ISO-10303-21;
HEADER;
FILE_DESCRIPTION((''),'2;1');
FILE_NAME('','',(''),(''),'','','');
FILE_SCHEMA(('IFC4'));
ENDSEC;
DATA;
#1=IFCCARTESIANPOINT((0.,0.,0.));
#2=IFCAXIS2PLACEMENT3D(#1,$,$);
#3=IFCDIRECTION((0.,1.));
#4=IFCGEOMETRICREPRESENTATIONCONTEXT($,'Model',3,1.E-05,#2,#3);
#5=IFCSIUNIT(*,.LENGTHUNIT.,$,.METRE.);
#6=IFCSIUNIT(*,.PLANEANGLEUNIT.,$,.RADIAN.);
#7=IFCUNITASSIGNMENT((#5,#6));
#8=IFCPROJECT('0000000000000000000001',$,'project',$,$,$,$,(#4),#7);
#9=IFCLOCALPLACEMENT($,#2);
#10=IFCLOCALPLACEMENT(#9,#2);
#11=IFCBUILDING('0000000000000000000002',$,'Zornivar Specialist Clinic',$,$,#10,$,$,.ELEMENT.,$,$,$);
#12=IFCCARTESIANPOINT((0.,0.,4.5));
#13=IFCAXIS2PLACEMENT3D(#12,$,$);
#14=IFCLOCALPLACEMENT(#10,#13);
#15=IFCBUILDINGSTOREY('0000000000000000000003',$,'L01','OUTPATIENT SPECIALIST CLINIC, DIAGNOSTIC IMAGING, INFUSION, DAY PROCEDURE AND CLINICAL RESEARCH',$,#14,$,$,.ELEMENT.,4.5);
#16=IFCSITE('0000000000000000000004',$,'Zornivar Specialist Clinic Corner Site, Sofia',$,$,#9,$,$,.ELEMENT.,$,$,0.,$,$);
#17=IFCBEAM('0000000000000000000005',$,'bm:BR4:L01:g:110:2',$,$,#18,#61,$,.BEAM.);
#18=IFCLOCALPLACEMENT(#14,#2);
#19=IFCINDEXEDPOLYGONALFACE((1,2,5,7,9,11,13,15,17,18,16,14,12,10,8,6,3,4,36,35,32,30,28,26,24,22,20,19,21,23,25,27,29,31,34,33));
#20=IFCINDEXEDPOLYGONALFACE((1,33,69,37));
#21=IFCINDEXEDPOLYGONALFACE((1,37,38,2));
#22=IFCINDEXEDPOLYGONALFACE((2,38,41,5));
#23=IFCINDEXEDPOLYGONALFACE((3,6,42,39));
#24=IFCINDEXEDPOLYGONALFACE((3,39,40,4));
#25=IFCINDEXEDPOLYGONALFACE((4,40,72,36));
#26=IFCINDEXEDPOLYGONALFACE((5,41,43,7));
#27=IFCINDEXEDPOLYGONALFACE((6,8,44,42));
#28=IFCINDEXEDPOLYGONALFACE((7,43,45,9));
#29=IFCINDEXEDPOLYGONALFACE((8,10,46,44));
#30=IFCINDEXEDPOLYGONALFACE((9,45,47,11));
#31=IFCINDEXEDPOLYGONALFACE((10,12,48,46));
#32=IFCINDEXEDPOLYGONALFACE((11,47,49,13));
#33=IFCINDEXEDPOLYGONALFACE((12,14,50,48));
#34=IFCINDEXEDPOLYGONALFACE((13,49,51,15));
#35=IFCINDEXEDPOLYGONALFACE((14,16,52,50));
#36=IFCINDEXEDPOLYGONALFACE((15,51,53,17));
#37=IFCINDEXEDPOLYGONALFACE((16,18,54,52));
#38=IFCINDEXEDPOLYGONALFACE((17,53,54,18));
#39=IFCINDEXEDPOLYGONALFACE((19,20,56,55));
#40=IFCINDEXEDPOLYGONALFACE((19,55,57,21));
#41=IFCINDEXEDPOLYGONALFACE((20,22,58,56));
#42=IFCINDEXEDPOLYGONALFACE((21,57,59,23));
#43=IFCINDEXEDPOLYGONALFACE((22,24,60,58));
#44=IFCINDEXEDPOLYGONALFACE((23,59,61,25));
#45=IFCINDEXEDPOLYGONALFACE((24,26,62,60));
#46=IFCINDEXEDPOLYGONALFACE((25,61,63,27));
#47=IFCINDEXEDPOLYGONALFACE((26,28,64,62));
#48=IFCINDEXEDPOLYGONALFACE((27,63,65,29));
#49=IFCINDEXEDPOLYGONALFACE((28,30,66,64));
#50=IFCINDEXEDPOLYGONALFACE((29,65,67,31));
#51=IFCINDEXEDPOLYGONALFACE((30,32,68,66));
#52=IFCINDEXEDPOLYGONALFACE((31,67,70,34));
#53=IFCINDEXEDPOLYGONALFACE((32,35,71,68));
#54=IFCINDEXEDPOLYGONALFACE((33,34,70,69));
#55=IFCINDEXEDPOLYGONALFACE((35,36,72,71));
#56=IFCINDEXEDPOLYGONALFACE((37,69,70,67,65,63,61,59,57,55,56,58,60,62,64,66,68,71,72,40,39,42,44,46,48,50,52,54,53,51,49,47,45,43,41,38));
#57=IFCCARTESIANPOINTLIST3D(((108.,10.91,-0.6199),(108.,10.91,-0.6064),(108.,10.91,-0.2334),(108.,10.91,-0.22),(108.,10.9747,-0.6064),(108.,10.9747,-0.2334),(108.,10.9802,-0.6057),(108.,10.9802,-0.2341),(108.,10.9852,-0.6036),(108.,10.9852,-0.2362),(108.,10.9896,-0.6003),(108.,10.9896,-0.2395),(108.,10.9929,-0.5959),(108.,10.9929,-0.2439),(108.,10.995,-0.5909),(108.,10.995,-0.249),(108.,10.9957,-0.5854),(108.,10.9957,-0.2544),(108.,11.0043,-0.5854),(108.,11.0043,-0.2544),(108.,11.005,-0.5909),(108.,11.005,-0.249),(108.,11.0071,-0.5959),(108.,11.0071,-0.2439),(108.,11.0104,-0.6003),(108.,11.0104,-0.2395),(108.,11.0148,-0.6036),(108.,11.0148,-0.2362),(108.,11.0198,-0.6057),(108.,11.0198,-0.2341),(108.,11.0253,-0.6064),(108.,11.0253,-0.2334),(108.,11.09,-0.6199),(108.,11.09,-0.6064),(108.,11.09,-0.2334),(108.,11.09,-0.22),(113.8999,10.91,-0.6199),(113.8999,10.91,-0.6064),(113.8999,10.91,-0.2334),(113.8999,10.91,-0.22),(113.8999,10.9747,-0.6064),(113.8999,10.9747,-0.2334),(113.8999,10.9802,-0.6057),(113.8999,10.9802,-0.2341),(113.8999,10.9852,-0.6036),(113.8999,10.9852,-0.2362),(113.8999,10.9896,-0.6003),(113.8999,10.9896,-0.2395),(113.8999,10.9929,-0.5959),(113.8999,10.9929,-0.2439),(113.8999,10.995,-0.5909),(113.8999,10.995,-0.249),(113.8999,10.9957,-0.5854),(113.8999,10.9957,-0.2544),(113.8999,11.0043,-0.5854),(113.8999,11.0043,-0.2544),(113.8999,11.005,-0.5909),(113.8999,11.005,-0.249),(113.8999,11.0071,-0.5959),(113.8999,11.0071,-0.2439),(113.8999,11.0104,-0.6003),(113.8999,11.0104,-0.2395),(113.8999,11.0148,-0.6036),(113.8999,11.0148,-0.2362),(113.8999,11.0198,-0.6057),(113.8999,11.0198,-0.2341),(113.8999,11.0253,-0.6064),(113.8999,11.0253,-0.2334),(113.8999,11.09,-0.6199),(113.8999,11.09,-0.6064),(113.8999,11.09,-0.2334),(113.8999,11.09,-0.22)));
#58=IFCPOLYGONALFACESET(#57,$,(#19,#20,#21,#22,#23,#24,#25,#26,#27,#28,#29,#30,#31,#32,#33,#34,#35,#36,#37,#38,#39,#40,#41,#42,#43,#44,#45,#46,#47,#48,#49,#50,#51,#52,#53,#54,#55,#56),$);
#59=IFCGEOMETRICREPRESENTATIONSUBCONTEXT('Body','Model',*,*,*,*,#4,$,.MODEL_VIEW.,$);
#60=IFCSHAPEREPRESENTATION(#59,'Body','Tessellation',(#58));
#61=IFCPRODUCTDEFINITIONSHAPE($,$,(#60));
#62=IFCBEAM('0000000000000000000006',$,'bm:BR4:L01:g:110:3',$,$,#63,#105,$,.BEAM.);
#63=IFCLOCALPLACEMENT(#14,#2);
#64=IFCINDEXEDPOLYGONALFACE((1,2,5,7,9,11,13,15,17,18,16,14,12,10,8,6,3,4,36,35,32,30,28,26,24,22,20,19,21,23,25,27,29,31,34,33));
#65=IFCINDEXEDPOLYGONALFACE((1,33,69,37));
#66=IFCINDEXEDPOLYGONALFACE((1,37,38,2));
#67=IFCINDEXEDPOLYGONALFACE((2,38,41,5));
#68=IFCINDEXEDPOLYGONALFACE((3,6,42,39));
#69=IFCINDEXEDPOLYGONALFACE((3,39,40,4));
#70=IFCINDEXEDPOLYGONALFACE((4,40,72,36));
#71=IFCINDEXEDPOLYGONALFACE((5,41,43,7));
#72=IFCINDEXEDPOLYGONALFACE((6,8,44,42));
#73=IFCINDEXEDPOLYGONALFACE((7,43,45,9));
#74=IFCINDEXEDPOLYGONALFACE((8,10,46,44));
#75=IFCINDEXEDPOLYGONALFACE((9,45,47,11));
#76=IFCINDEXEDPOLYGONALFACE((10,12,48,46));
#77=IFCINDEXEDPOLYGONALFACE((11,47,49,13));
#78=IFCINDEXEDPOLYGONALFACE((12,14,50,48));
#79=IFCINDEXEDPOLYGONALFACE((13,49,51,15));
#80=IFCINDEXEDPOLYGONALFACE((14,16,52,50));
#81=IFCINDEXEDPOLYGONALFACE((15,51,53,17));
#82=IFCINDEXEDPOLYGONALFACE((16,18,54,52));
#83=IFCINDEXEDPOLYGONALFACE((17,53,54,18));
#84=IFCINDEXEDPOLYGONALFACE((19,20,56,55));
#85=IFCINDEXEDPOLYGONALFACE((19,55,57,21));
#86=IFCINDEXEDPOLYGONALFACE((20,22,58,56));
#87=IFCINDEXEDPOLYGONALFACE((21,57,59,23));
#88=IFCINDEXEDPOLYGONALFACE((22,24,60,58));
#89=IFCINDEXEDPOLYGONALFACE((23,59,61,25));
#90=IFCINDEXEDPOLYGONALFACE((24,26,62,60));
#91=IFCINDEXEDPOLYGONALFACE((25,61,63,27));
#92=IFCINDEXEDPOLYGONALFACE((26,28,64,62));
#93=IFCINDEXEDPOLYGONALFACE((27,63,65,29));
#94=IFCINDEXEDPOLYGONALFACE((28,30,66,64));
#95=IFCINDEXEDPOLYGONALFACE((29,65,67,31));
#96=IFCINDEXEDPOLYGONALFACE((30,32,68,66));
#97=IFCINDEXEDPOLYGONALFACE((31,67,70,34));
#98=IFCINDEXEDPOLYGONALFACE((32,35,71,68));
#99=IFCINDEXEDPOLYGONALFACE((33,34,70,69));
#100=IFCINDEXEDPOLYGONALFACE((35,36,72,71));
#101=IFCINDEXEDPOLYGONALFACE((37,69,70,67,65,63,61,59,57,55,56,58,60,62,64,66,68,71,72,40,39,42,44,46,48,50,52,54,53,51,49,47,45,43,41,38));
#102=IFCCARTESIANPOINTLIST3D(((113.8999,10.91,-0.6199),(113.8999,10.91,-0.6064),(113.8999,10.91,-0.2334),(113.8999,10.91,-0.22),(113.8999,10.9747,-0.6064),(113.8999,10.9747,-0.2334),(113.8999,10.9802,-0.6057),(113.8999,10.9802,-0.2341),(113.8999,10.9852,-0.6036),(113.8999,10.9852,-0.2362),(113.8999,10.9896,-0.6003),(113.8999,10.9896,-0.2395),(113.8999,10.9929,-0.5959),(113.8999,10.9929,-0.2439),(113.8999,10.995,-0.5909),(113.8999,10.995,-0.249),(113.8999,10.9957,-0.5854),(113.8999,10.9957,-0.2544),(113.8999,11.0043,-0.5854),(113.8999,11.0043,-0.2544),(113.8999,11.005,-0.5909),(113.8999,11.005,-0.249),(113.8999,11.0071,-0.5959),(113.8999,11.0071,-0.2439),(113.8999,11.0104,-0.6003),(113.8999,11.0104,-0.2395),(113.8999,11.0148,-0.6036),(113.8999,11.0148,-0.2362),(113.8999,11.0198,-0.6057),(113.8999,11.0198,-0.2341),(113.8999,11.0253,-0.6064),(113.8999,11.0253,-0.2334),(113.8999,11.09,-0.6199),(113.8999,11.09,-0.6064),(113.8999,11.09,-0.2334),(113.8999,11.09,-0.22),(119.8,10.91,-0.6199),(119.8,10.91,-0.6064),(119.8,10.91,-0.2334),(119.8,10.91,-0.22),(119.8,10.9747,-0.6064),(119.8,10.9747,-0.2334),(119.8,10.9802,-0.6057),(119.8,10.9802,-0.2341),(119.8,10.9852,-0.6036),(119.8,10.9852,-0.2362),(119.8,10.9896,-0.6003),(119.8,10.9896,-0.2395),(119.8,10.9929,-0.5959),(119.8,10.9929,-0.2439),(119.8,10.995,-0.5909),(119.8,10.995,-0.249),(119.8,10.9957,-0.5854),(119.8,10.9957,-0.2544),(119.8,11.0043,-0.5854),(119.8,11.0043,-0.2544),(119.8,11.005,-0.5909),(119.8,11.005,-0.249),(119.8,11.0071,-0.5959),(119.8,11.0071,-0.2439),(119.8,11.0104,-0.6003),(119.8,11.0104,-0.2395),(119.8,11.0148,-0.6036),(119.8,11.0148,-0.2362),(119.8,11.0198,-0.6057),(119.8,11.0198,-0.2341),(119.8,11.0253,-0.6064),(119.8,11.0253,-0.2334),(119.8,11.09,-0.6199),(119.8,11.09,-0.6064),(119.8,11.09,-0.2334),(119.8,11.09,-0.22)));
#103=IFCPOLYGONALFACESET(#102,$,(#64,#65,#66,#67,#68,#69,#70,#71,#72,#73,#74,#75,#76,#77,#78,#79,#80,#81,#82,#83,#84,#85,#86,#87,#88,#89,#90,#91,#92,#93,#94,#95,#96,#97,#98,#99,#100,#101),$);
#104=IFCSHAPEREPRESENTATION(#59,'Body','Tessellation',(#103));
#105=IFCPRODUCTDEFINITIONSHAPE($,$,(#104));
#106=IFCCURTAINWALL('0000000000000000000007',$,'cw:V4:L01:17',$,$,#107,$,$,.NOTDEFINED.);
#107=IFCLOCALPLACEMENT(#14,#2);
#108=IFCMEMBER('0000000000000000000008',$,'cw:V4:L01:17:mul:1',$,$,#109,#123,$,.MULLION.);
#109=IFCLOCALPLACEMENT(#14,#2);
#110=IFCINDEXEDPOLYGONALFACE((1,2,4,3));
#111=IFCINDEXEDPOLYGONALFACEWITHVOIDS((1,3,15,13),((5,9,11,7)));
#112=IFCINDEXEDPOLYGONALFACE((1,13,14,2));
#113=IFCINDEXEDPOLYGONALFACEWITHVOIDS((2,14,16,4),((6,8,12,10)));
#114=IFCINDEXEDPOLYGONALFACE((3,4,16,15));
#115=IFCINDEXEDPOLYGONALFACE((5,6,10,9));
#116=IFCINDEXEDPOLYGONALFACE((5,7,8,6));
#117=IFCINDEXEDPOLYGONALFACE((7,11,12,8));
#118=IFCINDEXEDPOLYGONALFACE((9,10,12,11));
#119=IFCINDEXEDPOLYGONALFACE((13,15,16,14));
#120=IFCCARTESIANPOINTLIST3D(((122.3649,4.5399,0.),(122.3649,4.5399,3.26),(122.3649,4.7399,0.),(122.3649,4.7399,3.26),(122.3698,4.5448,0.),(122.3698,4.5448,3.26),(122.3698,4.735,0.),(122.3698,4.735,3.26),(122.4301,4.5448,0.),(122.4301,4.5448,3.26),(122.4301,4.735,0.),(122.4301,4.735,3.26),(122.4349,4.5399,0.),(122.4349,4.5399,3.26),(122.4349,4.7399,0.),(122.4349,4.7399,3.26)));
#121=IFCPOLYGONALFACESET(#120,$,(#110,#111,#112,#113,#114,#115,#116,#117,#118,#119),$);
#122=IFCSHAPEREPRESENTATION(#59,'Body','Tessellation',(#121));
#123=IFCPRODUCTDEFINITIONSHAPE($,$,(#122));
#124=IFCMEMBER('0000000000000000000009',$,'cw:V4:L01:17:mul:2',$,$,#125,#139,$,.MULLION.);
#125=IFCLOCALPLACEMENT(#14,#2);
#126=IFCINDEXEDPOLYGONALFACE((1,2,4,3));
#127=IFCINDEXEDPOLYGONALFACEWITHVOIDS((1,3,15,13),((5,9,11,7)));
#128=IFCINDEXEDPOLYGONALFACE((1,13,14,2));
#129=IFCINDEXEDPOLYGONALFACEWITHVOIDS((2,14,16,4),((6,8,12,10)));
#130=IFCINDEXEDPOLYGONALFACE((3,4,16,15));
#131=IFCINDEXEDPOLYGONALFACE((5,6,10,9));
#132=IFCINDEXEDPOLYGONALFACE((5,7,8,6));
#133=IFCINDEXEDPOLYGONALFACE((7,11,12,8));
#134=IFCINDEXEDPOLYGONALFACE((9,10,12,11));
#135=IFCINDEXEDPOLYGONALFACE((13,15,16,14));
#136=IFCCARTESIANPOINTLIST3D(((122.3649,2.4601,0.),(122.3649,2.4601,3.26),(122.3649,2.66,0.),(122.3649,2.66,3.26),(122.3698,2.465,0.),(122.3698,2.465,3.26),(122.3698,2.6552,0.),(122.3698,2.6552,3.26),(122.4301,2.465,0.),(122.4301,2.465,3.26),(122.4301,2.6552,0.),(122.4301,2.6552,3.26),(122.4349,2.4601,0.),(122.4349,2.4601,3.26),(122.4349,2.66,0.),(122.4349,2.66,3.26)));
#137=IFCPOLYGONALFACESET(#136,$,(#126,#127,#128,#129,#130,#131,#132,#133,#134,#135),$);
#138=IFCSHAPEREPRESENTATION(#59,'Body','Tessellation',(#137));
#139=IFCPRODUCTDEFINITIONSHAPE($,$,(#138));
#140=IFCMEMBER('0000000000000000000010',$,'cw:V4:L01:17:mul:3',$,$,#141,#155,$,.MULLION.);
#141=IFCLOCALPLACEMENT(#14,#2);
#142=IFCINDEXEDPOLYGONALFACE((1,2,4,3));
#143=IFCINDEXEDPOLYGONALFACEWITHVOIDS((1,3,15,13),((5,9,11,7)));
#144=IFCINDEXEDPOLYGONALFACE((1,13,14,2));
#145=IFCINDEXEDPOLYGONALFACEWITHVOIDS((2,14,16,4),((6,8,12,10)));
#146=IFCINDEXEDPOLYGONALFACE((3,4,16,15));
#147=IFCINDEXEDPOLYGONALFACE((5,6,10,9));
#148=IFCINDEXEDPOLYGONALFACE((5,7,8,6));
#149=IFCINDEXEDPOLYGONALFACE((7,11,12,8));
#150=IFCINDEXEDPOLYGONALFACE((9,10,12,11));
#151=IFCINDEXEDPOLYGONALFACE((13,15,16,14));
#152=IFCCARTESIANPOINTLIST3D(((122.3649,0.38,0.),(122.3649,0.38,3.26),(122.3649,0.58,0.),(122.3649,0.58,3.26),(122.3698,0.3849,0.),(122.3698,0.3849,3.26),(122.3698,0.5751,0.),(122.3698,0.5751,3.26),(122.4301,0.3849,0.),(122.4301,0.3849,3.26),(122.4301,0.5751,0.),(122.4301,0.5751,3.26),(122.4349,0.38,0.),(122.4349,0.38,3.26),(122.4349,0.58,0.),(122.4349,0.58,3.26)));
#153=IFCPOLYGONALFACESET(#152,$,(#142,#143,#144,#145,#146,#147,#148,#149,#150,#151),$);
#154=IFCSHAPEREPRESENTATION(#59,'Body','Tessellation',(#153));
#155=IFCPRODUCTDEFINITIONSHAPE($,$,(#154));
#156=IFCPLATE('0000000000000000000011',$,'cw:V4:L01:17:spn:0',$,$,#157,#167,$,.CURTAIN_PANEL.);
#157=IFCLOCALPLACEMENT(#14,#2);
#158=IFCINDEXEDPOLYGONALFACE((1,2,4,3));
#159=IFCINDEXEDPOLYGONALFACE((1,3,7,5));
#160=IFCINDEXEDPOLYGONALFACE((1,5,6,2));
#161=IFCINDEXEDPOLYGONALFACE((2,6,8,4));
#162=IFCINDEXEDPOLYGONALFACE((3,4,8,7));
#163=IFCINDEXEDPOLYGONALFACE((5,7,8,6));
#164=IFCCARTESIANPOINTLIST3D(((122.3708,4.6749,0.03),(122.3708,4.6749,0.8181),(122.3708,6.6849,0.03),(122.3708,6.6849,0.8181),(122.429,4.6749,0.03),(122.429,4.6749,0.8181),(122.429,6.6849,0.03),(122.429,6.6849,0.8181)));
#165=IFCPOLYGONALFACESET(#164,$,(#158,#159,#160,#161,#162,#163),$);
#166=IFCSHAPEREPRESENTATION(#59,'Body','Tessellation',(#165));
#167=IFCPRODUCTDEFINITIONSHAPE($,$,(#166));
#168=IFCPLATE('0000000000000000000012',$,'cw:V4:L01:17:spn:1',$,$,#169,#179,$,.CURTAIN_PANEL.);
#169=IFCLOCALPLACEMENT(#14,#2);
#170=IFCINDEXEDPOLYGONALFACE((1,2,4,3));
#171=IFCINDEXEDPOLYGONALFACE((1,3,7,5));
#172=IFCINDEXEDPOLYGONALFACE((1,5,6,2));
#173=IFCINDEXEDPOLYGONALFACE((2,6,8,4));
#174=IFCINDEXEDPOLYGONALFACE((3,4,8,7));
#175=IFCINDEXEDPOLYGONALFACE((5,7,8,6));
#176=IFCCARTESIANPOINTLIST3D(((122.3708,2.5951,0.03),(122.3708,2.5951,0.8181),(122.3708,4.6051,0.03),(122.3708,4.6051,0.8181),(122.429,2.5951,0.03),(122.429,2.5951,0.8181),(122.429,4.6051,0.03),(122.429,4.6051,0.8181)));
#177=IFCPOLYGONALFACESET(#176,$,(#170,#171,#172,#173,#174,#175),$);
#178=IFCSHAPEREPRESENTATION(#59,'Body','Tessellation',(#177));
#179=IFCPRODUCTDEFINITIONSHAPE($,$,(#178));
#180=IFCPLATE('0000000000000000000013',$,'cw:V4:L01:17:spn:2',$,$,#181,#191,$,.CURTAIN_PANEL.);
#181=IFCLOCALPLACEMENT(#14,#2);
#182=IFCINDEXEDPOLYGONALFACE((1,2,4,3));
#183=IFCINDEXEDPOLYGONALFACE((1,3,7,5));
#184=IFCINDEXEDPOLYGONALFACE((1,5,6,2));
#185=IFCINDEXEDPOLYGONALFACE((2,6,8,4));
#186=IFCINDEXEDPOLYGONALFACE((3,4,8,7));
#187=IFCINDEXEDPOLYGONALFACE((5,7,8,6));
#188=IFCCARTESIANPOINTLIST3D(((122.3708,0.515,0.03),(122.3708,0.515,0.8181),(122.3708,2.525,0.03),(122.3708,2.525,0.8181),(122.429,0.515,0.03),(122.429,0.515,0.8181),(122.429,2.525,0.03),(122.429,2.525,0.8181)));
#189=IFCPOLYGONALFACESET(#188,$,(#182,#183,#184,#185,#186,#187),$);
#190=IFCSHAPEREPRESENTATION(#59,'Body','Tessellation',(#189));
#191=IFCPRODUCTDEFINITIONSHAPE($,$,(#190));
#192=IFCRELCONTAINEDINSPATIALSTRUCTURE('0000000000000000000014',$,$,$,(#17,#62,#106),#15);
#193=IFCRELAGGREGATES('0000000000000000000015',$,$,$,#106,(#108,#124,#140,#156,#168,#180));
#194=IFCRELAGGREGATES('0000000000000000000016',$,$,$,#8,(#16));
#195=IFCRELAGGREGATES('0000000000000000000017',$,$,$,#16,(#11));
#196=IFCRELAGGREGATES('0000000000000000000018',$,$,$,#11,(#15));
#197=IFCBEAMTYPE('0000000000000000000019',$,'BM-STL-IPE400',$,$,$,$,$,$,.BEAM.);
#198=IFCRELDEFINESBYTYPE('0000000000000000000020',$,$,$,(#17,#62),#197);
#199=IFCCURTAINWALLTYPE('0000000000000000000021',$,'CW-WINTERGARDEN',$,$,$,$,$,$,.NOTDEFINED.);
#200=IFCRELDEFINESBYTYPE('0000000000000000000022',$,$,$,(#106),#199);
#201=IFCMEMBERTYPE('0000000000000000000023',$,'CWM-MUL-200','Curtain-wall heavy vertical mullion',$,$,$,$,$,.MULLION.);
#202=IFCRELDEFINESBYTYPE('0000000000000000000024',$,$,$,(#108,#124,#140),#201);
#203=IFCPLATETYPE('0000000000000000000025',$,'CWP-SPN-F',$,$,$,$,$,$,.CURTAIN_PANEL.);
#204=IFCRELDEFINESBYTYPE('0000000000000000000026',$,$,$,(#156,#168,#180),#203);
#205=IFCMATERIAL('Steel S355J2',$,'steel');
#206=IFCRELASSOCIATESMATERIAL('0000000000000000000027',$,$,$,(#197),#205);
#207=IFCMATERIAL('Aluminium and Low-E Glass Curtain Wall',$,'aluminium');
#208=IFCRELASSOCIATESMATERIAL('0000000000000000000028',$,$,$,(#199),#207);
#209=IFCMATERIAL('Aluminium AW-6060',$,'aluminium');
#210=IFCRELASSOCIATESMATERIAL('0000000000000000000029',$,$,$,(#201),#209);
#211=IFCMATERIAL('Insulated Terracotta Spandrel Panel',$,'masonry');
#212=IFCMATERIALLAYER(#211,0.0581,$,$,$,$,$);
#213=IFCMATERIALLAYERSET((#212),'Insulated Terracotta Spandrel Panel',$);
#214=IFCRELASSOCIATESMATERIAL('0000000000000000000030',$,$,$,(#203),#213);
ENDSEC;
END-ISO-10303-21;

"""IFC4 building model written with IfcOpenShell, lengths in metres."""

from ifc_helpers import new_model, si_unit, direction, frame, origin, origin_2d, place, context, subcontext, project, spatial, rectangle, hollow_rectangle, i_section, extrude, material, layer, layer_set, material_profile, profile_set, type_object, element, aggregate, save


model = new_model("IFC4")

# Units and contexts
model_context = context("Model", 3, precision=1e-05, world=origin(), true_north=direction((0.0, 1.0)))
body_context = subcontext(model_context, "Body", "Model", "MODEL_VIEW")
ifc_project = project(units=[si_unit("LENGTHUNIT", "METRE"), si_unit("PLANEANGLEUNIT", "RADIAN")], contexts=[model_context])

# Site, building, storey
site_placement = place(None, origin())
site = spatial("IfcSite", under=ifc_project, at=site_placement, Name="Zornivar Specialist Clinic Corner Site, Sofia", CompositionType="ELEMENT", RefElevation=0.0)
building_placement = place(site_placement, origin())
building = spatial("IfcBuilding", under=site, at=building_placement, Name="Zornivar Specialist Clinic", CompositionType="ELEMENT")
storey_placement = place(building_placement, frame((0.0, 0.0, 4.5)))
storey = spatial("IfcBuildingStorey", under=building, at=storey_placement, Name="L01", Description="OUTPATIENT SPECIALIST CLINIC, DIAGNOSTIC IMAGING, INFUSION, DAY PROCEDURE AND CLINICAL RESEARCH", CompositionType="ELEMENT", Elevation=4.5)

# Beams
ifc_material_1 = material(Name="Steel S355J2", Category="steel")
ifc_material_profile_1 = material_profile(ifc_material_1, i_section(OverallWidth=0.1799, OverallDepth=0.3999, WebThickness=0.0085, FlangeThickness=0.0134, FilletRadius=0.021, at=origin_2d()), Name="IPE 400")
ifc_profile_set_1 = profile_set([ifc_material_profile_1], Name="Steel S355J2")
beam_type_1 = type_object("IfcBeamType", Name="BM-STL-IPE400", PredefinedType="BEAM", material=ifc_profile_set_1)
for number, where, z_axis, x_axis, name in (
    (1, (108.0, 11.0, -0.4199), (1.0, 0.0, 0.0), (0.0, 1.0, 0.0), "bm:BR4:L01:g:110:2"),
):
    element("IfcBeam", number, at=place(storey_placement, frame(where, z_axis=z_axis, x_axis=x_axis)), inside=storey, type_object=beam_type_1, Name=name, PredefinedType="BEAM", context=body_context, shape_type="SweptSolid", body=[
        extrude(i_section(OverallWidth=0.1799, OverallDepth=0.3999, WebThickness=0.0085, FlangeThickness=0.0134, FilletRadius=0.021, at=origin_2d()), origin(), (0.0, 0.0, 1.0), 5.8999),
    ])
beam_1_placement = place(storey_placement, frame((113.8999, 11.0, -0.4199), z_axis=(1.0, 0.0, 0.0), x_axis=(0.0, 1.0, 0.0)))
element("IfcBeam", 2, at=beam_1_placement, inside=storey, type_object=beam_type_1, Name="bm:BR4:L01:g:110:3", PredefinedType="BEAM", context=body_context, shape_type="SweptSolid", body=[
    extrude(i_section(OverallWidth=0.1799, OverallDepth=0.3999, WebThickness=0.0085, FlangeThickness=0.0134, FilletRadius=0.021, at=origin_2d()), origin(), (0.0, 0.0, 1.0), 5.9001),
])

# Curtain wall, members, plates
ifc_material_2 = material(Name="Aluminium and Low-E Glass Curtain Wall", Category="aluminium")
curtain_wall_type = type_object("IfcCurtainWallType", Name="CW-WINTERGARDEN", PredefinedType="NOTDEFINED", material=ifc_material_2)
curtain_wall_placement = place(storey_placement, origin())
curtain_wall = element("IfcCurtainWall", 3, at=curtain_wall_placement, inside=storey, type_object=curtain_wall_type, Name="cw:V4:L01:17", PredefinedType="NOTDEFINED")
ifc_material_3 = material(Name="Aluminium AW-6060", Category="aluminium")
ifc_material_profile_2 = material_profile(ifc_material_3, hollow_rectangle(XDim=0.0701, YDim=0.2, WallThickness=0.0049, at=origin_2d()), Name="ALU 70x200x5")
ifc_profile_set_2 = profile_set([ifc_material_profile_2], Name="Aluminium AW-6060")
member_type = type_object("IfcMemberType", Name="CWM-MUL-200", Description="Curtain-wall heavy vertical mullion", PredefinedType="MULLION", material=ifc_profile_set_2)
member_1_placement = place(storey_placement, frame((122.3999, 4.6399, 0.0), z_axis=(0.0, 0.0, 1.0), x_axis=(1.0, 0.0, 0.0)))
member_1 = element("IfcMember", 4, at=member_1_placement, type_object=member_type, Name="cw:V4:L01:17:mul:1", PredefinedType="MULLION", context=body_context, shape_type="SweptSolid", body=[
    extrude(hollow_rectangle(XDim=0.0701, YDim=0.2, WallThickness=0.0049, at=origin_2d()), origin(), (0.0, 0.0, 1.0), 3.26),
])
member_2_placement = place(storey_placement, frame((122.3999, 2.5601, 0.0), z_axis=(0.0, 0.0, 1.0), x_axis=(1.0, 0.0, 0.0)))
member_2 = element("IfcMember", 5, at=member_2_placement, type_object=member_type, Name="cw:V4:L01:17:mul:2", PredefinedType="MULLION", context=body_context, shape_type="SweptSolid", body=[
    extrude(hollow_rectangle(XDim=0.0701, YDim=0.2, WallThickness=0.0049, at=origin_2d()), origin(), (0.0, 0.0, 1.0), 3.26),
])
member_3_placement = place(storey_placement, frame((122.3999, 0.48, 0.0), z_axis=(0.0, 0.0, 1.0), x_axis=(1.0, 0.0, 0.0)))
member_3 = element("IfcMember", 6, at=member_3_placement, type_object=member_type, Name="cw:V4:L01:17:mul:3", PredefinedType="MULLION", context=body_context, shape_type="SweptSolid", body=[
    extrude(hollow_rectangle(XDim=0.0701, YDim=0.2, WallThickness=0.0049, at=origin_2d()), origin(), (0.0, 0.0, 1.0), 3.26),
])
ifc_material_4 = material(Name="Insulated Terracotta Spandrel Panel", Category="masonry")
ifc_layer_1 = layer(ifc_material_4, 0.0581)
ifc_layer_set_1 = layer_set([ifc_layer_1], Name="Insulated Terracotta Spandrel Panel")
plate_type_1 = type_object("IfcPlateType", Name="CWP-SPN-F", PredefinedType="CURTAIN_PANEL", material=ifc_layer_set_1)
plate_1_placement = place(storey_placement, frame((122.3999, 5.6799, 0.03), z_axis=(0.0, 0.0, 1.0), x_axis=(0.0, -1.0, 0.0)))
plate_1 = element("IfcPlate", 7, at=plate_1_placement, type_object=plate_type_1, Name="cw:V4:L01:17:spn:0", PredefinedType="CURTAIN_PANEL", context=body_context, shape_type="SweptSolid", body=[
    extrude(rectangle(XDim=2.01, YDim=0.0581, at=origin_2d()), origin(), (0.0, 0.0, 1.0), 0.7881),
])
plate_2_placement = place(storey_placement, frame((122.3999, 3.6001, 0.03), z_axis=(0.0, 0.0, 1.0), x_axis=(0.0, -1.0, 0.0)))
plate_2 = element("IfcPlate", 8, at=plate_2_placement, type_object=plate_type_1, Name="cw:V4:L01:17:spn:1", PredefinedType="CURTAIN_PANEL", context=body_context, shape_type="SweptSolid", body=[
    extrude(rectangle(XDim=2.01, YDim=0.0581, at=origin_2d()), origin(), (0.0, 0.0, 1.0), 0.7881),
])
plate_3_placement = place(storey_placement, frame((122.3999, 1.52, 0.03), z_axis=(0.0, 0.0, 1.0), x_axis=(0.0, -1.0, 0.0)))
plate_3 = element("IfcPlate", 9, at=plate_3_placement, type_object=plate_type_1, Name="cw:V4:L01:17:spn:2", PredefinedType="CURTAIN_PANEL", context=body_context, shape_type="SweptSolid", body=[
    extrude(rectangle(XDim=2.01, YDim=0.0581, at=origin_2d()), origin(), (0.0, 0.0, 1.0), 0.7881),
])
aggregate(curtain_wall, [member_1, member_2, member_3, plate_1, plate_2, plate_3])

save(model, "model.ifc")
